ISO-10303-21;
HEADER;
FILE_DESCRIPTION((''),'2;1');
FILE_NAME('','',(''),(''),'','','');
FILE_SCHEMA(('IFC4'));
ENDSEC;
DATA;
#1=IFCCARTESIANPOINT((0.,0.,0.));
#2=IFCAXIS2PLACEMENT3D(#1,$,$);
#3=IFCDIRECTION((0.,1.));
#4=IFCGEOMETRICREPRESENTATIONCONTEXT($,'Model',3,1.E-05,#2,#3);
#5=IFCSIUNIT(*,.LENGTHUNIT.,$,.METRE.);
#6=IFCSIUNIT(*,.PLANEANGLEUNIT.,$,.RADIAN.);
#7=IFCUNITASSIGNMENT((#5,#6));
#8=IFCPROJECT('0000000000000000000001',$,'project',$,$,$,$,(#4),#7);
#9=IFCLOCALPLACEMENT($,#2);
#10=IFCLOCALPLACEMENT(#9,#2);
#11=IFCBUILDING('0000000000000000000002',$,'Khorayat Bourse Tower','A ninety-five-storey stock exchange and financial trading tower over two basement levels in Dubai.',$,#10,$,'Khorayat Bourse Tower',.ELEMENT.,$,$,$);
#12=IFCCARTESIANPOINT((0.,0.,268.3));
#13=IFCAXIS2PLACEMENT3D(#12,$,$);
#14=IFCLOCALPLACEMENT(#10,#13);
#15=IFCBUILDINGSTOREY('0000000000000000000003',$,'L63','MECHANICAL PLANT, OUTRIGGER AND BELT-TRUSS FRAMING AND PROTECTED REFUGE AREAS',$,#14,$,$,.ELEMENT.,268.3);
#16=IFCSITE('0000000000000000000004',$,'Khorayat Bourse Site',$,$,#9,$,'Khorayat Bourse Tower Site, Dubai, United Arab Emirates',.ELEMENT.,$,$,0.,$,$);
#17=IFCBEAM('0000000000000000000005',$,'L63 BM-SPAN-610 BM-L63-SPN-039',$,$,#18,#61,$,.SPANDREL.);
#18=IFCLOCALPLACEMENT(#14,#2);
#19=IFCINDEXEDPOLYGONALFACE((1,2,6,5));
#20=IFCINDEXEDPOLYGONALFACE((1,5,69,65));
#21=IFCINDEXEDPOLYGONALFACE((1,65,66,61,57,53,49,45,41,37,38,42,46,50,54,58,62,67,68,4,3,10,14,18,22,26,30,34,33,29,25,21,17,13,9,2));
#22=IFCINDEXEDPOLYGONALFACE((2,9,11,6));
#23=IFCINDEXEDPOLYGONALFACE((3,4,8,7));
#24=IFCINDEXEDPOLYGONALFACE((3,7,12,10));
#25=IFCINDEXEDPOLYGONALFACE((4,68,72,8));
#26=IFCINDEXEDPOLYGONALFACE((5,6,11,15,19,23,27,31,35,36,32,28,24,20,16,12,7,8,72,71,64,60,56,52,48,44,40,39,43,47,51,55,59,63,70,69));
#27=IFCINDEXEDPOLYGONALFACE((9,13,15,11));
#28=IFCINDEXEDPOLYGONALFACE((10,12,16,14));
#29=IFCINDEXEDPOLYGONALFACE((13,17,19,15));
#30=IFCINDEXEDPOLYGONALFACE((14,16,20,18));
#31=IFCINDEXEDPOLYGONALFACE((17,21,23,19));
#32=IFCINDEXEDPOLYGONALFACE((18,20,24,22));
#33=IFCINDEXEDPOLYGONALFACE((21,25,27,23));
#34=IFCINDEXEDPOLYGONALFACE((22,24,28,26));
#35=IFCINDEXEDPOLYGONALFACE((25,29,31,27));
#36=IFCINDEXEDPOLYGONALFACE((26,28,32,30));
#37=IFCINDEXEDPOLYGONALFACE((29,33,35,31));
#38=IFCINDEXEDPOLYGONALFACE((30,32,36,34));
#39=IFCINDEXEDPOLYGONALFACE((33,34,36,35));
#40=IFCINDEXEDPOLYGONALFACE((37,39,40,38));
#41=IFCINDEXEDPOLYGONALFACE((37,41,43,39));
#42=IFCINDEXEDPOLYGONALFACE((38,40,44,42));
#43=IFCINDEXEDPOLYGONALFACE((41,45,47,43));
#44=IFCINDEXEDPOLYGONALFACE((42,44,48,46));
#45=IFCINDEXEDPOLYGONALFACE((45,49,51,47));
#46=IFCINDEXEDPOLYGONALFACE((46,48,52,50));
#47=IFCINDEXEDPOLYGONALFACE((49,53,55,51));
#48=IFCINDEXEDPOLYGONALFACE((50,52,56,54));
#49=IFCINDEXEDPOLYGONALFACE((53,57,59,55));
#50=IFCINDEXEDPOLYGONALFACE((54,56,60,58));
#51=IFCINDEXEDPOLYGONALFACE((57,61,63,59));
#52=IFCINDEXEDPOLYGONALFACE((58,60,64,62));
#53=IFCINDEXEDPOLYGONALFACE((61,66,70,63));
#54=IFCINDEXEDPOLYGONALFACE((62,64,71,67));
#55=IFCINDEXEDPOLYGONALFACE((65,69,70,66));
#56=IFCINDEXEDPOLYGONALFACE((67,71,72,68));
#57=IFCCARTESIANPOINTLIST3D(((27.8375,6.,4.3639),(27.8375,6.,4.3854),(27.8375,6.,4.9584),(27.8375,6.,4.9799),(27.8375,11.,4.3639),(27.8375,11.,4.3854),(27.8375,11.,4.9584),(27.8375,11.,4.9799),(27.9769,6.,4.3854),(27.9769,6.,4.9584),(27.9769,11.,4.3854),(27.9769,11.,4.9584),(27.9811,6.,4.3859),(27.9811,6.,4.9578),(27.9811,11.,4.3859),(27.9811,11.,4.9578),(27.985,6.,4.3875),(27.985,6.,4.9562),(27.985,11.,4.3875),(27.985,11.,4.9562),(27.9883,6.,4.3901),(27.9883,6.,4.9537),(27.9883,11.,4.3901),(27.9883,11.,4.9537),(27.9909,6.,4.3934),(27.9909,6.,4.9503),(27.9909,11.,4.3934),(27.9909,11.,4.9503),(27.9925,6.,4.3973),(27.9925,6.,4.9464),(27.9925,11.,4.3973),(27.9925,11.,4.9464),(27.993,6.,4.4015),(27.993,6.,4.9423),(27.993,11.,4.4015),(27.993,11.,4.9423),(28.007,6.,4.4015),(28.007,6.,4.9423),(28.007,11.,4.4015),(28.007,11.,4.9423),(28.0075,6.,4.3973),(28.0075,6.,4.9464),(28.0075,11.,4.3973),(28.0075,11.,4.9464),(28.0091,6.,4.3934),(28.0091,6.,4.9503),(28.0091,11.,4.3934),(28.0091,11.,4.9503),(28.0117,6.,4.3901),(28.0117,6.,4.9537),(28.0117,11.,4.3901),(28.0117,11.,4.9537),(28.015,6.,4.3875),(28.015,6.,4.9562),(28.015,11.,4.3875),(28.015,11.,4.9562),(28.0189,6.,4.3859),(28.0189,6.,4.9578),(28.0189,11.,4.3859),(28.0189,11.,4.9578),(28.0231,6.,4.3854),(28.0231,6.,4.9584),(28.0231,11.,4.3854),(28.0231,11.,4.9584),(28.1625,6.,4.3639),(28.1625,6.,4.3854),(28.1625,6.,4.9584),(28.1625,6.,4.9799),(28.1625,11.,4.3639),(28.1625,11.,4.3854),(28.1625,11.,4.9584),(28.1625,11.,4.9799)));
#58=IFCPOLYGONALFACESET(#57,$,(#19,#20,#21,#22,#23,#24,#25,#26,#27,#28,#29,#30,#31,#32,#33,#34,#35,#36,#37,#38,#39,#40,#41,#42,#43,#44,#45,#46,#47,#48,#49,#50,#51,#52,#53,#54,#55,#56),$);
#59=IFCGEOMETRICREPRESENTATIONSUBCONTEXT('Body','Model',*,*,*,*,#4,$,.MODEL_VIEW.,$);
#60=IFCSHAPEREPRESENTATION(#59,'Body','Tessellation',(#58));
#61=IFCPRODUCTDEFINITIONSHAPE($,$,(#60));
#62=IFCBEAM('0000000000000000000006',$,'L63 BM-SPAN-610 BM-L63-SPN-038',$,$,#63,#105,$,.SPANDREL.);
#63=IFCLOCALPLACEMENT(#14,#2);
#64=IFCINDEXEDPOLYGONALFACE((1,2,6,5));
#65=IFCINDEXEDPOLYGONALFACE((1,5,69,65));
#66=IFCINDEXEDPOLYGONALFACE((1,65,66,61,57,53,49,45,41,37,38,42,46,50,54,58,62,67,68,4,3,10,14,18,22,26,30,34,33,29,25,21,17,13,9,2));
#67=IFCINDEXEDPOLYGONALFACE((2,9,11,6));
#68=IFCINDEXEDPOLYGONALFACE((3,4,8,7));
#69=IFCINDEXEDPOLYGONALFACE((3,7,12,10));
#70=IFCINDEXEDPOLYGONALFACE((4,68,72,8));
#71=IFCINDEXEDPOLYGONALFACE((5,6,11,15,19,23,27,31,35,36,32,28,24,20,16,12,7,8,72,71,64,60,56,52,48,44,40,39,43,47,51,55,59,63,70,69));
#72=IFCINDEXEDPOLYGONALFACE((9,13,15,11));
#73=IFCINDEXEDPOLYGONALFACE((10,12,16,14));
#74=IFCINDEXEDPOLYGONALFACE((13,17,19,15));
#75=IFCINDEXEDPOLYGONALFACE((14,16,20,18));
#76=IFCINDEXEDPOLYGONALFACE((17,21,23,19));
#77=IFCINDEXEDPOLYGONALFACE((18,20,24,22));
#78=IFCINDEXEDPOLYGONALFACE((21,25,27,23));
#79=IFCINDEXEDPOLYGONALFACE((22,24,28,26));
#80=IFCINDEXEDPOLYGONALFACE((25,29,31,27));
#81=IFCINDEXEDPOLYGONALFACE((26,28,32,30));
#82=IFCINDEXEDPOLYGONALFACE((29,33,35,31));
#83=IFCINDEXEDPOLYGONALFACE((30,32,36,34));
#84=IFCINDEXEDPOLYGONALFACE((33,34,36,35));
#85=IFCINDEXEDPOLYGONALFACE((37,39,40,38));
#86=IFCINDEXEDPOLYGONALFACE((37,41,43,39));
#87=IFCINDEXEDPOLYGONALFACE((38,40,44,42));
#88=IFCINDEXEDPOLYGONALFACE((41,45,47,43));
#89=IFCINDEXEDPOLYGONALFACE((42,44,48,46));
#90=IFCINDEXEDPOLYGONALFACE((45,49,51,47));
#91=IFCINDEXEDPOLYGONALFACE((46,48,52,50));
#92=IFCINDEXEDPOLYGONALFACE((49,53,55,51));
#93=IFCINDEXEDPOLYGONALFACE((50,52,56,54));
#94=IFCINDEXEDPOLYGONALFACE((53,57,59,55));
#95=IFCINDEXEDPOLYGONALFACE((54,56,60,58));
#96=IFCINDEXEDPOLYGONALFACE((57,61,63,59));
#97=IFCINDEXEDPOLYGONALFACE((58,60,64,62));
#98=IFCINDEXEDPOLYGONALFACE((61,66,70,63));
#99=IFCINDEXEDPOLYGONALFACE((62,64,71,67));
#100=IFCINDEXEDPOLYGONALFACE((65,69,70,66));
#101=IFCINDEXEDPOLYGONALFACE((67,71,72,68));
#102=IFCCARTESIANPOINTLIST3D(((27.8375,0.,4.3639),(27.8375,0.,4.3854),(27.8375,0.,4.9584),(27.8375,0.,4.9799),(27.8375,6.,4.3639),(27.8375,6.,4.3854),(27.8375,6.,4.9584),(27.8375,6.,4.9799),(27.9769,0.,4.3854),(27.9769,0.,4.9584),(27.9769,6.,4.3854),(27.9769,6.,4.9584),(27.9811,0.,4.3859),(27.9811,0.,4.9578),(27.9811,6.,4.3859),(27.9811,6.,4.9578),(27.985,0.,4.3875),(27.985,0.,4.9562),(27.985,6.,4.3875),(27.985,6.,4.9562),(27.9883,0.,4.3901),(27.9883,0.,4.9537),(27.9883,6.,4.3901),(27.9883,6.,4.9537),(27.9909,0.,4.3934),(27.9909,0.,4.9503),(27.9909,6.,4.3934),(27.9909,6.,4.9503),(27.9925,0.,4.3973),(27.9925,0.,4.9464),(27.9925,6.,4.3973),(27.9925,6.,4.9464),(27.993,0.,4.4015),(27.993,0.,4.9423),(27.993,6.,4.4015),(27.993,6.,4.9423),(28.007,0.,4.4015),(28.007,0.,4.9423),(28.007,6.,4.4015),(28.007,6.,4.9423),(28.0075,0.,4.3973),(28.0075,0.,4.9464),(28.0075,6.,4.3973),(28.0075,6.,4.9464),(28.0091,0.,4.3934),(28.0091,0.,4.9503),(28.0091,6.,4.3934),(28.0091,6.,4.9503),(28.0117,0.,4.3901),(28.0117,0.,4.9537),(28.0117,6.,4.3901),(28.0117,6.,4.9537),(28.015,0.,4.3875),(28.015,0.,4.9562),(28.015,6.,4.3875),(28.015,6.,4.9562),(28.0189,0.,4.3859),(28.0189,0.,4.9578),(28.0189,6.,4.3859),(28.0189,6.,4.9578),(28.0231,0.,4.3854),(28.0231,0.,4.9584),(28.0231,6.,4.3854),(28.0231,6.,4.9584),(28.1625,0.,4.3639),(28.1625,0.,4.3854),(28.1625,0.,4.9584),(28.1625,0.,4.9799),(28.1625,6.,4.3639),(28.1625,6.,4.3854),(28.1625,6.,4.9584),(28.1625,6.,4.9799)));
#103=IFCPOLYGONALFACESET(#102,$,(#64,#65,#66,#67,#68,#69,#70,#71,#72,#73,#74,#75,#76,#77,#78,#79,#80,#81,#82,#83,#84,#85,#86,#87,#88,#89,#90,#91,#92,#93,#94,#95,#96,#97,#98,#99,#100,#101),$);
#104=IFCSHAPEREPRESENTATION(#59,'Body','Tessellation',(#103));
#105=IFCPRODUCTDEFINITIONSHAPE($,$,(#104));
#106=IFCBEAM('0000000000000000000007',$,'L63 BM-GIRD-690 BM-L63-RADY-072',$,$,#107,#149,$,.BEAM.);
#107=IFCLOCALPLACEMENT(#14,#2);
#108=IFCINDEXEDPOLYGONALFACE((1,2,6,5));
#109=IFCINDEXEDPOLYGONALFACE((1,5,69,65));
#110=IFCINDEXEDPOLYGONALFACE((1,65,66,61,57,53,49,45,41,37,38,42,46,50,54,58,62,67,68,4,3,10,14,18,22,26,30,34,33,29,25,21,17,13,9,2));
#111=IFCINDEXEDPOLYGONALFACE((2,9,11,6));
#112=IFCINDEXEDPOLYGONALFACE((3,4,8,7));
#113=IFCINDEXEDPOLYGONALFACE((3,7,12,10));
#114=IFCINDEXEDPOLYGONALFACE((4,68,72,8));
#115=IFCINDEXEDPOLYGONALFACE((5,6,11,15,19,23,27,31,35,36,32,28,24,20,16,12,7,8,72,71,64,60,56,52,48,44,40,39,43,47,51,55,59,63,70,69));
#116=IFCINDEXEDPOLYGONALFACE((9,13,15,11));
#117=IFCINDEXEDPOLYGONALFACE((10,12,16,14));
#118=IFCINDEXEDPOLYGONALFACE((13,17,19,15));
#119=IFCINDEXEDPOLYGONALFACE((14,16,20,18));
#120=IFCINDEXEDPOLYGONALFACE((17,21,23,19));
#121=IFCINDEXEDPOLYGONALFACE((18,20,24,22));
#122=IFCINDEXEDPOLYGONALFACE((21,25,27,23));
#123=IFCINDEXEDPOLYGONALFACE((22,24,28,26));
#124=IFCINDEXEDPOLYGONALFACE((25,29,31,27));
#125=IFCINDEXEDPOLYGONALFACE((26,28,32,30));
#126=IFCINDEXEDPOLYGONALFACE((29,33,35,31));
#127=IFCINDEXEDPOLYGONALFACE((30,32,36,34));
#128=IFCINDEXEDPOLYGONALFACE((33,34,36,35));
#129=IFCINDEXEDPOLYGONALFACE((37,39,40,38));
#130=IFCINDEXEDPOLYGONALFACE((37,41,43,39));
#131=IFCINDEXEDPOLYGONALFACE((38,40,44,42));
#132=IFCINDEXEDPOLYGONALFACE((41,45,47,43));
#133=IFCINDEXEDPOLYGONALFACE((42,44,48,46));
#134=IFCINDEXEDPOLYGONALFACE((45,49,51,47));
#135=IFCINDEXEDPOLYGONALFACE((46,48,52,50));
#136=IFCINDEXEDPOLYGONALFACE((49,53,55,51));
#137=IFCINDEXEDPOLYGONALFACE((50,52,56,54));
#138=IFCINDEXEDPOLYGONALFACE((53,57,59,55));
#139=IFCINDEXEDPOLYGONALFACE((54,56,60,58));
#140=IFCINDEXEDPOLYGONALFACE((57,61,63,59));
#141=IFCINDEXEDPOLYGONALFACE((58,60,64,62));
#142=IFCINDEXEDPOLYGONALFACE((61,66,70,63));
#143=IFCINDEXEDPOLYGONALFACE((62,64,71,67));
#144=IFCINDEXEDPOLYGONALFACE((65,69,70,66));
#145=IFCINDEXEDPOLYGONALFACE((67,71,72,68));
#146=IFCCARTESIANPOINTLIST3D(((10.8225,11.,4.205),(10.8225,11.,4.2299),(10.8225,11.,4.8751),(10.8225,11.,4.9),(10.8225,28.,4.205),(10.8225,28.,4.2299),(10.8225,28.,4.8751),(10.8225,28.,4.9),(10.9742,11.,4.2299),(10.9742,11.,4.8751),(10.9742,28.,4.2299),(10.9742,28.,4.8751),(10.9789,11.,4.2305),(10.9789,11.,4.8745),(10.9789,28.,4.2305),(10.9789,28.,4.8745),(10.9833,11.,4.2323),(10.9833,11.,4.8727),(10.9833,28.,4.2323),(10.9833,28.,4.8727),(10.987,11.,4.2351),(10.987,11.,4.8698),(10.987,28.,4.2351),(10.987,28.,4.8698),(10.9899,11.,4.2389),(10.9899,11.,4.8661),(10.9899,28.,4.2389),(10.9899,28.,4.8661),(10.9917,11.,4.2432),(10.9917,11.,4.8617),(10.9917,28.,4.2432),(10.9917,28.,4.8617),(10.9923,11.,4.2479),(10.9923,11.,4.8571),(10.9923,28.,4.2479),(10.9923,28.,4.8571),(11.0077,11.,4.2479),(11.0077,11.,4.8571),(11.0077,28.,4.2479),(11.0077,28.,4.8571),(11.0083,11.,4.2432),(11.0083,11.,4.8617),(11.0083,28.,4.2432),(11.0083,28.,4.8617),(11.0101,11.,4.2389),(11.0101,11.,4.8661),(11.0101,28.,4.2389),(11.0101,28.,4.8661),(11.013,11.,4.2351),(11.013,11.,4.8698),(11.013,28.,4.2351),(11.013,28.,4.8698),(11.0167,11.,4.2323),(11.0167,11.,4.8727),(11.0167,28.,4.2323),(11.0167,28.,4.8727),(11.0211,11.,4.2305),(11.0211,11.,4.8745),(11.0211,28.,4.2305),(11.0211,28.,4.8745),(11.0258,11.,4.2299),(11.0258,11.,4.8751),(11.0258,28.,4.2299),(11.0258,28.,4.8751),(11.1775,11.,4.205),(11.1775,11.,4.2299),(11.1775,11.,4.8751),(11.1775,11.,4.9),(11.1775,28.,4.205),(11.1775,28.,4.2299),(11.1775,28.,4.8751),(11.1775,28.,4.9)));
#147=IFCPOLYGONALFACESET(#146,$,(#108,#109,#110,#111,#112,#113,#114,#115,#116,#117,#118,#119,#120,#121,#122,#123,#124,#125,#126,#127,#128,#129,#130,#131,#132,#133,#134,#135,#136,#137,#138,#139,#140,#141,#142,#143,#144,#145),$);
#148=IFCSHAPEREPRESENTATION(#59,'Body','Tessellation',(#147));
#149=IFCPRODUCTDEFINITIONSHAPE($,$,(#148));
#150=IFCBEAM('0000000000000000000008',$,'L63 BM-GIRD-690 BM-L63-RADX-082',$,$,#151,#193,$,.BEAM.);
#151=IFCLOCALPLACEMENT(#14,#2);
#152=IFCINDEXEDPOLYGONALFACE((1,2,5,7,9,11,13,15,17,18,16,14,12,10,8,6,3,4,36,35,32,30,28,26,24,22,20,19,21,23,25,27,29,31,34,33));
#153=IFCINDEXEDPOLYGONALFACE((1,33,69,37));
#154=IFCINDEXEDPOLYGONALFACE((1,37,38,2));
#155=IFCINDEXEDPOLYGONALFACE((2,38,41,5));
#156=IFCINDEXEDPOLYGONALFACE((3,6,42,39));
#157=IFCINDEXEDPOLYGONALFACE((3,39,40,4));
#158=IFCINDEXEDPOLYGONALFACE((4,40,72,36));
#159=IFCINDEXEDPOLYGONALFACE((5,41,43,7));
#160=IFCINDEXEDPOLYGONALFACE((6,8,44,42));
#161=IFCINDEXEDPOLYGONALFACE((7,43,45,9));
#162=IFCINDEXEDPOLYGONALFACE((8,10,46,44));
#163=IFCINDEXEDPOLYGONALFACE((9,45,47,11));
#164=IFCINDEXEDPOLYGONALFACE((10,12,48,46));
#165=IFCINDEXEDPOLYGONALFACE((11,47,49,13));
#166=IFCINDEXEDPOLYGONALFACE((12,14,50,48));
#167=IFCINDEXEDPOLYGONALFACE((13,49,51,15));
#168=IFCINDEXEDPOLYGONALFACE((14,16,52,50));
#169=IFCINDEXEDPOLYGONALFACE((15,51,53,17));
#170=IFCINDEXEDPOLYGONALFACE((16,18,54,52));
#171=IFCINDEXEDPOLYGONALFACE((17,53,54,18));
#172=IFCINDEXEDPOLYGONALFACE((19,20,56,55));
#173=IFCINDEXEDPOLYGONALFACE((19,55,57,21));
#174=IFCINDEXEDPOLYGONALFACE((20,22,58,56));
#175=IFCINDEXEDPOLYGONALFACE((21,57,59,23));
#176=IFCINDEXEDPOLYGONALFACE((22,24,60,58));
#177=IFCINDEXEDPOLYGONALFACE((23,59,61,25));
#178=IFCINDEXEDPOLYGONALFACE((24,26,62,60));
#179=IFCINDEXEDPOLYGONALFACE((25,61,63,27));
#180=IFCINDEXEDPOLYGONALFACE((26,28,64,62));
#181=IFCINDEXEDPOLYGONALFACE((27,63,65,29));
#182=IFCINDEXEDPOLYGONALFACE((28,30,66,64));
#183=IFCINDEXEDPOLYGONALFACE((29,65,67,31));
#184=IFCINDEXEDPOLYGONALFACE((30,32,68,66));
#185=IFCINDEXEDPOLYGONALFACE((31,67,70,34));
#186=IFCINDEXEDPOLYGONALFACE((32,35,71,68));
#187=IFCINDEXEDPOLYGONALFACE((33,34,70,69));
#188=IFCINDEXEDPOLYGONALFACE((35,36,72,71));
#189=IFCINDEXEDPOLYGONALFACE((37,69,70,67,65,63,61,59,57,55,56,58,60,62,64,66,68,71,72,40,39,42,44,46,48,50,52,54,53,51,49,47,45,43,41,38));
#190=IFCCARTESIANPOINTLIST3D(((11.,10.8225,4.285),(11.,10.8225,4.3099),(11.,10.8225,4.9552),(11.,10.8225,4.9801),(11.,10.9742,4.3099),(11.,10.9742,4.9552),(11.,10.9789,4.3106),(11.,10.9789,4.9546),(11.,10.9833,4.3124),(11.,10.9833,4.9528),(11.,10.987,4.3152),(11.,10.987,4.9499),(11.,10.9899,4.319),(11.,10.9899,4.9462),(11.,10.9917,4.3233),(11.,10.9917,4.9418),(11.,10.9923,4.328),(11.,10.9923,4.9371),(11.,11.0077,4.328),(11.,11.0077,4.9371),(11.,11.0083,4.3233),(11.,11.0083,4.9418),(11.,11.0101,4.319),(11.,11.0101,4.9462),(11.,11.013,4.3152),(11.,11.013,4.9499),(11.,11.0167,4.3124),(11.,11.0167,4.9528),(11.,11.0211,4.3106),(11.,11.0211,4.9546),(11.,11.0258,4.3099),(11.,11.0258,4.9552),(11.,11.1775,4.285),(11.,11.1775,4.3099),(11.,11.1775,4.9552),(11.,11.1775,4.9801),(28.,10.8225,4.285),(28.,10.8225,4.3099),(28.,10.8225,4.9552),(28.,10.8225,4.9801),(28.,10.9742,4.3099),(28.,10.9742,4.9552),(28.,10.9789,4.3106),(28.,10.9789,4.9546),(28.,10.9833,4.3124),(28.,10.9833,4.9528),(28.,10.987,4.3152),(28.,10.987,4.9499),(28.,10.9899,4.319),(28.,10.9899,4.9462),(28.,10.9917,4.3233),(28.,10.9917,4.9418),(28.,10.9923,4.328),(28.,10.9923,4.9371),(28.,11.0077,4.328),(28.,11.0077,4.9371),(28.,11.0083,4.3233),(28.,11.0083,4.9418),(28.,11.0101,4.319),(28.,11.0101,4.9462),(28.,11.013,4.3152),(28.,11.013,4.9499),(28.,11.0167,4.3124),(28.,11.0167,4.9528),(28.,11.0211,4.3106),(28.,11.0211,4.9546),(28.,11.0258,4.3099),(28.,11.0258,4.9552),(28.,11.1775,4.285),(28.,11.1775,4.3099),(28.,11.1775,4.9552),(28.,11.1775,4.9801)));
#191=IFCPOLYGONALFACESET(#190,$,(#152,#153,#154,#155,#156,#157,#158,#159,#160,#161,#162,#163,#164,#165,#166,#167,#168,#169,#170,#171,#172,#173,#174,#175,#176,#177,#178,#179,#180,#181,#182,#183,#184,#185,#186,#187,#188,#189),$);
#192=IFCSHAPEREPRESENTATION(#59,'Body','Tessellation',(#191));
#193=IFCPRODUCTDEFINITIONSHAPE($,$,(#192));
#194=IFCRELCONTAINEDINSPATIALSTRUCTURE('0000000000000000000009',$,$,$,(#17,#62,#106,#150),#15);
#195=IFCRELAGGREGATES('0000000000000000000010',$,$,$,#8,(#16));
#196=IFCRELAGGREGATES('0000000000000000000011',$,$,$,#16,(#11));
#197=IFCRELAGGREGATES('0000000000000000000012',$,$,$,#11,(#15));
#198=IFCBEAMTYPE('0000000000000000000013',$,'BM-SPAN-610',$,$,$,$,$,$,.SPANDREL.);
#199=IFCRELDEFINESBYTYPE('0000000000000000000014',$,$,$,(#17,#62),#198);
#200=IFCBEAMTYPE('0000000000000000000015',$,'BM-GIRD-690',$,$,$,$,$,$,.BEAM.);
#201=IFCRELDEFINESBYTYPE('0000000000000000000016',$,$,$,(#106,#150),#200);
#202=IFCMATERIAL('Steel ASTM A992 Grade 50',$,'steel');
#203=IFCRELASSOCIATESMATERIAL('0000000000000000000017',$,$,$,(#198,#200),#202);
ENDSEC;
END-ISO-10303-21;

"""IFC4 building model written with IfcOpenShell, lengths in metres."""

from ifc_helpers import new_model, si_unit, direction, frame, origin, origin_2d, place, context, subcontext, project, spatial, i_section, extrude, source, transform, mapped, material, material_profile, profile_set, type_object, element, save


model = new_model("IFC4")

# Units and contexts
model_context = context("Model", 3, precision=1e-05, world=origin(), true_north=direction((0.0, 1.0)))
body_context = subcontext(model_context, "Body", "Model", "MODEL_VIEW")
ifc_project = project(units=[si_unit("LENGTHUNIT", "METRE"), si_unit("PLANEANGLEUNIT", "RADIAN")], contexts=[model_context])

# Site, building, storey
site_placement = place(None, origin())
site = spatial("IfcSite", under=ifc_project, at=site_placement, Name="Khorayat Bourse Site", LongName="Khorayat Bourse Tower Site, Dubai, United Arab Emirates", CompositionType="ELEMENT", RefElevation=0.0)
building_placement = place(site_placement, origin())
building = spatial("IfcBuilding", under=site, at=building_placement, Name="Khorayat Bourse Tower", Description="A ninety-five-storey stock exchange and financial trading tower over two basement levels in Dubai.", LongName="Khorayat Bourse Tower", CompositionType="ELEMENT")
storey_placement = place(building_placement, frame((0.0, 0.0, 268.3)))
storey = spatial("IfcBuildingStorey", under=building, at=storey_placement, Name="L63", Description="MECHANICAL PLANT, OUTRIGGER AND BELT-TRUSS FRAMING AND PROTECTED REFUGE AREAS", CompositionType="ELEMENT", Elevation=268.3)

# Shared definitions
ifc_material_1 = material(Name="Steel ASTM A992 Grade 50", Category="steel")

# Beams
ifc_material_profile_1 = material_profile(ifc_material_1, i_section(OverallWidth=0.325, OverallDepth=0.616, WebThickness=0.0139, FlangeThickness=0.0215, FilletRadius=0.0161, at=origin_2d()), Name="W610X174")
ifc_profile_set_1 = profile_set([ifc_material_profile_1], Name="Steel ASTM A992 Grade 50")
beam_type_1 = type_object("IfcBeamType", Name="BM-SPAN-610", PredefinedType="SPANDREL", material=ifc_profile_set_1)
shared_shape_1 = source(origin(), body_context, "Body", "SweptSolid", [
    extrude(i_section(OverallWidth=0.325, OverallDepth=0.616, WebThickness=0.0139, FlangeThickness=0.0215, FilletRadius=0.0161, at=origin_2d()), origin(), (0.0, 0.0, 1.0), 5.0),
])
beam_1_placement = place(storey_placement, frame((28.0, 6.0, 4.6719), z_axis=(0.0, 1.0, 0.0), x_axis=(-1.0, 0.0, 0.0)))
element("IfcBeam", 1, at=beam_1_placement, inside=storey, type_object=beam_type_1, Name="L63 BM-SPAN-610 BM-L63-SPN-039", PredefinedType="SPANDREL", context=body_context, shape_type="MappedRepresentation", body=[
    mapped(shared_shape_1, transform((0.0, 0.0, 0.0), scale=1.0)),
])
shared_shape_2 = source(origin(), body_context, "Body", "SweptSolid", [
    extrude(i_section(OverallWidth=0.325, OverallDepth=0.616, WebThickness=0.0139, FlangeThickness=0.0215, FilletRadius=0.0161, at=origin_2d()), origin(), (0.0, 0.0, 1.0), 6.0),
])
beam_2_placement = place(storey_placement, frame((28.0, 0.0, 4.6719), z_axis=(0.0, 1.0, 0.0), x_axis=(-1.0, 0.0, 0.0)))
element("IfcBeam", 2, at=beam_2_placement, inside=storey, type_object=beam_type_1, Name="L63 BM-SPAN-610 BM-L63-SPN-038", PredefinedType="SPANDREL", context=body_context, shape_type="MappedRepresentation", body=[
    mapped(shared_shape_2, transform((0.0, 0.0, 0.0), scale=1.0)),
])
ifc_material_profile_2 = material_profile(ifc_material_1, i_section(OverallWidth=0.355, OverallDepth=0.6951, WebThickness=0.0154, FlangeThickness=0.0249, FilletRadius=0.0181, at=origin_2d()), Name="W690X217")
ifc_profile_set_2 = profile_set([ifc_material_profile_2], Name="Steel ASTM A992 Grade 50")
beam_type_2 = type_object("IfcBeamType", Name="BM-GIRD-690", PredefinedType="BEAM", material=ifc_profile_set_2)
shared_shape_3 = source(origin(), body_context, "Body", "SweptSolid", [
    extrude(i_section(OverallWidth=0.355, OverallDepth=0.6951, WebThickness=0.0154, FlangeThickness=0.0249, FilletRadius=0.0181, at=origin_2d()), origin(), (0.0, 0.0, 1.0), 17.0),
])
for number, where, z_axis, x_axis, name in (
    (3, (11.0, 11.0, 4.5525), (0.0, 1.0, 0.0), (-1.0, 0.0, 0.0), "L63 BM-GIRD-690 BM-L63-RADY-072"),
    (4, (11.0, 11.0, 4.6326), (1.0, 0.0, 0.0), (0.0, 1.0, 0.0), "L63 BM-GIRD-690 BM-L63-RADX-082"),
):
    element("IfcBeam", number, at=place(storey_placement, frame(where, z_axis=z_axis, x_axis=x_axis)), inside=storey, type_object=beam_type_2, Name=name, PredefinedType="BEAM", context=body_context, shape_type="MappedRepresentation", body=[
        mapped(shared_shape_3, transform((0.0, 0.0, 0.0), scale=1.0)),
    ])

save(model, "model.ifc")
